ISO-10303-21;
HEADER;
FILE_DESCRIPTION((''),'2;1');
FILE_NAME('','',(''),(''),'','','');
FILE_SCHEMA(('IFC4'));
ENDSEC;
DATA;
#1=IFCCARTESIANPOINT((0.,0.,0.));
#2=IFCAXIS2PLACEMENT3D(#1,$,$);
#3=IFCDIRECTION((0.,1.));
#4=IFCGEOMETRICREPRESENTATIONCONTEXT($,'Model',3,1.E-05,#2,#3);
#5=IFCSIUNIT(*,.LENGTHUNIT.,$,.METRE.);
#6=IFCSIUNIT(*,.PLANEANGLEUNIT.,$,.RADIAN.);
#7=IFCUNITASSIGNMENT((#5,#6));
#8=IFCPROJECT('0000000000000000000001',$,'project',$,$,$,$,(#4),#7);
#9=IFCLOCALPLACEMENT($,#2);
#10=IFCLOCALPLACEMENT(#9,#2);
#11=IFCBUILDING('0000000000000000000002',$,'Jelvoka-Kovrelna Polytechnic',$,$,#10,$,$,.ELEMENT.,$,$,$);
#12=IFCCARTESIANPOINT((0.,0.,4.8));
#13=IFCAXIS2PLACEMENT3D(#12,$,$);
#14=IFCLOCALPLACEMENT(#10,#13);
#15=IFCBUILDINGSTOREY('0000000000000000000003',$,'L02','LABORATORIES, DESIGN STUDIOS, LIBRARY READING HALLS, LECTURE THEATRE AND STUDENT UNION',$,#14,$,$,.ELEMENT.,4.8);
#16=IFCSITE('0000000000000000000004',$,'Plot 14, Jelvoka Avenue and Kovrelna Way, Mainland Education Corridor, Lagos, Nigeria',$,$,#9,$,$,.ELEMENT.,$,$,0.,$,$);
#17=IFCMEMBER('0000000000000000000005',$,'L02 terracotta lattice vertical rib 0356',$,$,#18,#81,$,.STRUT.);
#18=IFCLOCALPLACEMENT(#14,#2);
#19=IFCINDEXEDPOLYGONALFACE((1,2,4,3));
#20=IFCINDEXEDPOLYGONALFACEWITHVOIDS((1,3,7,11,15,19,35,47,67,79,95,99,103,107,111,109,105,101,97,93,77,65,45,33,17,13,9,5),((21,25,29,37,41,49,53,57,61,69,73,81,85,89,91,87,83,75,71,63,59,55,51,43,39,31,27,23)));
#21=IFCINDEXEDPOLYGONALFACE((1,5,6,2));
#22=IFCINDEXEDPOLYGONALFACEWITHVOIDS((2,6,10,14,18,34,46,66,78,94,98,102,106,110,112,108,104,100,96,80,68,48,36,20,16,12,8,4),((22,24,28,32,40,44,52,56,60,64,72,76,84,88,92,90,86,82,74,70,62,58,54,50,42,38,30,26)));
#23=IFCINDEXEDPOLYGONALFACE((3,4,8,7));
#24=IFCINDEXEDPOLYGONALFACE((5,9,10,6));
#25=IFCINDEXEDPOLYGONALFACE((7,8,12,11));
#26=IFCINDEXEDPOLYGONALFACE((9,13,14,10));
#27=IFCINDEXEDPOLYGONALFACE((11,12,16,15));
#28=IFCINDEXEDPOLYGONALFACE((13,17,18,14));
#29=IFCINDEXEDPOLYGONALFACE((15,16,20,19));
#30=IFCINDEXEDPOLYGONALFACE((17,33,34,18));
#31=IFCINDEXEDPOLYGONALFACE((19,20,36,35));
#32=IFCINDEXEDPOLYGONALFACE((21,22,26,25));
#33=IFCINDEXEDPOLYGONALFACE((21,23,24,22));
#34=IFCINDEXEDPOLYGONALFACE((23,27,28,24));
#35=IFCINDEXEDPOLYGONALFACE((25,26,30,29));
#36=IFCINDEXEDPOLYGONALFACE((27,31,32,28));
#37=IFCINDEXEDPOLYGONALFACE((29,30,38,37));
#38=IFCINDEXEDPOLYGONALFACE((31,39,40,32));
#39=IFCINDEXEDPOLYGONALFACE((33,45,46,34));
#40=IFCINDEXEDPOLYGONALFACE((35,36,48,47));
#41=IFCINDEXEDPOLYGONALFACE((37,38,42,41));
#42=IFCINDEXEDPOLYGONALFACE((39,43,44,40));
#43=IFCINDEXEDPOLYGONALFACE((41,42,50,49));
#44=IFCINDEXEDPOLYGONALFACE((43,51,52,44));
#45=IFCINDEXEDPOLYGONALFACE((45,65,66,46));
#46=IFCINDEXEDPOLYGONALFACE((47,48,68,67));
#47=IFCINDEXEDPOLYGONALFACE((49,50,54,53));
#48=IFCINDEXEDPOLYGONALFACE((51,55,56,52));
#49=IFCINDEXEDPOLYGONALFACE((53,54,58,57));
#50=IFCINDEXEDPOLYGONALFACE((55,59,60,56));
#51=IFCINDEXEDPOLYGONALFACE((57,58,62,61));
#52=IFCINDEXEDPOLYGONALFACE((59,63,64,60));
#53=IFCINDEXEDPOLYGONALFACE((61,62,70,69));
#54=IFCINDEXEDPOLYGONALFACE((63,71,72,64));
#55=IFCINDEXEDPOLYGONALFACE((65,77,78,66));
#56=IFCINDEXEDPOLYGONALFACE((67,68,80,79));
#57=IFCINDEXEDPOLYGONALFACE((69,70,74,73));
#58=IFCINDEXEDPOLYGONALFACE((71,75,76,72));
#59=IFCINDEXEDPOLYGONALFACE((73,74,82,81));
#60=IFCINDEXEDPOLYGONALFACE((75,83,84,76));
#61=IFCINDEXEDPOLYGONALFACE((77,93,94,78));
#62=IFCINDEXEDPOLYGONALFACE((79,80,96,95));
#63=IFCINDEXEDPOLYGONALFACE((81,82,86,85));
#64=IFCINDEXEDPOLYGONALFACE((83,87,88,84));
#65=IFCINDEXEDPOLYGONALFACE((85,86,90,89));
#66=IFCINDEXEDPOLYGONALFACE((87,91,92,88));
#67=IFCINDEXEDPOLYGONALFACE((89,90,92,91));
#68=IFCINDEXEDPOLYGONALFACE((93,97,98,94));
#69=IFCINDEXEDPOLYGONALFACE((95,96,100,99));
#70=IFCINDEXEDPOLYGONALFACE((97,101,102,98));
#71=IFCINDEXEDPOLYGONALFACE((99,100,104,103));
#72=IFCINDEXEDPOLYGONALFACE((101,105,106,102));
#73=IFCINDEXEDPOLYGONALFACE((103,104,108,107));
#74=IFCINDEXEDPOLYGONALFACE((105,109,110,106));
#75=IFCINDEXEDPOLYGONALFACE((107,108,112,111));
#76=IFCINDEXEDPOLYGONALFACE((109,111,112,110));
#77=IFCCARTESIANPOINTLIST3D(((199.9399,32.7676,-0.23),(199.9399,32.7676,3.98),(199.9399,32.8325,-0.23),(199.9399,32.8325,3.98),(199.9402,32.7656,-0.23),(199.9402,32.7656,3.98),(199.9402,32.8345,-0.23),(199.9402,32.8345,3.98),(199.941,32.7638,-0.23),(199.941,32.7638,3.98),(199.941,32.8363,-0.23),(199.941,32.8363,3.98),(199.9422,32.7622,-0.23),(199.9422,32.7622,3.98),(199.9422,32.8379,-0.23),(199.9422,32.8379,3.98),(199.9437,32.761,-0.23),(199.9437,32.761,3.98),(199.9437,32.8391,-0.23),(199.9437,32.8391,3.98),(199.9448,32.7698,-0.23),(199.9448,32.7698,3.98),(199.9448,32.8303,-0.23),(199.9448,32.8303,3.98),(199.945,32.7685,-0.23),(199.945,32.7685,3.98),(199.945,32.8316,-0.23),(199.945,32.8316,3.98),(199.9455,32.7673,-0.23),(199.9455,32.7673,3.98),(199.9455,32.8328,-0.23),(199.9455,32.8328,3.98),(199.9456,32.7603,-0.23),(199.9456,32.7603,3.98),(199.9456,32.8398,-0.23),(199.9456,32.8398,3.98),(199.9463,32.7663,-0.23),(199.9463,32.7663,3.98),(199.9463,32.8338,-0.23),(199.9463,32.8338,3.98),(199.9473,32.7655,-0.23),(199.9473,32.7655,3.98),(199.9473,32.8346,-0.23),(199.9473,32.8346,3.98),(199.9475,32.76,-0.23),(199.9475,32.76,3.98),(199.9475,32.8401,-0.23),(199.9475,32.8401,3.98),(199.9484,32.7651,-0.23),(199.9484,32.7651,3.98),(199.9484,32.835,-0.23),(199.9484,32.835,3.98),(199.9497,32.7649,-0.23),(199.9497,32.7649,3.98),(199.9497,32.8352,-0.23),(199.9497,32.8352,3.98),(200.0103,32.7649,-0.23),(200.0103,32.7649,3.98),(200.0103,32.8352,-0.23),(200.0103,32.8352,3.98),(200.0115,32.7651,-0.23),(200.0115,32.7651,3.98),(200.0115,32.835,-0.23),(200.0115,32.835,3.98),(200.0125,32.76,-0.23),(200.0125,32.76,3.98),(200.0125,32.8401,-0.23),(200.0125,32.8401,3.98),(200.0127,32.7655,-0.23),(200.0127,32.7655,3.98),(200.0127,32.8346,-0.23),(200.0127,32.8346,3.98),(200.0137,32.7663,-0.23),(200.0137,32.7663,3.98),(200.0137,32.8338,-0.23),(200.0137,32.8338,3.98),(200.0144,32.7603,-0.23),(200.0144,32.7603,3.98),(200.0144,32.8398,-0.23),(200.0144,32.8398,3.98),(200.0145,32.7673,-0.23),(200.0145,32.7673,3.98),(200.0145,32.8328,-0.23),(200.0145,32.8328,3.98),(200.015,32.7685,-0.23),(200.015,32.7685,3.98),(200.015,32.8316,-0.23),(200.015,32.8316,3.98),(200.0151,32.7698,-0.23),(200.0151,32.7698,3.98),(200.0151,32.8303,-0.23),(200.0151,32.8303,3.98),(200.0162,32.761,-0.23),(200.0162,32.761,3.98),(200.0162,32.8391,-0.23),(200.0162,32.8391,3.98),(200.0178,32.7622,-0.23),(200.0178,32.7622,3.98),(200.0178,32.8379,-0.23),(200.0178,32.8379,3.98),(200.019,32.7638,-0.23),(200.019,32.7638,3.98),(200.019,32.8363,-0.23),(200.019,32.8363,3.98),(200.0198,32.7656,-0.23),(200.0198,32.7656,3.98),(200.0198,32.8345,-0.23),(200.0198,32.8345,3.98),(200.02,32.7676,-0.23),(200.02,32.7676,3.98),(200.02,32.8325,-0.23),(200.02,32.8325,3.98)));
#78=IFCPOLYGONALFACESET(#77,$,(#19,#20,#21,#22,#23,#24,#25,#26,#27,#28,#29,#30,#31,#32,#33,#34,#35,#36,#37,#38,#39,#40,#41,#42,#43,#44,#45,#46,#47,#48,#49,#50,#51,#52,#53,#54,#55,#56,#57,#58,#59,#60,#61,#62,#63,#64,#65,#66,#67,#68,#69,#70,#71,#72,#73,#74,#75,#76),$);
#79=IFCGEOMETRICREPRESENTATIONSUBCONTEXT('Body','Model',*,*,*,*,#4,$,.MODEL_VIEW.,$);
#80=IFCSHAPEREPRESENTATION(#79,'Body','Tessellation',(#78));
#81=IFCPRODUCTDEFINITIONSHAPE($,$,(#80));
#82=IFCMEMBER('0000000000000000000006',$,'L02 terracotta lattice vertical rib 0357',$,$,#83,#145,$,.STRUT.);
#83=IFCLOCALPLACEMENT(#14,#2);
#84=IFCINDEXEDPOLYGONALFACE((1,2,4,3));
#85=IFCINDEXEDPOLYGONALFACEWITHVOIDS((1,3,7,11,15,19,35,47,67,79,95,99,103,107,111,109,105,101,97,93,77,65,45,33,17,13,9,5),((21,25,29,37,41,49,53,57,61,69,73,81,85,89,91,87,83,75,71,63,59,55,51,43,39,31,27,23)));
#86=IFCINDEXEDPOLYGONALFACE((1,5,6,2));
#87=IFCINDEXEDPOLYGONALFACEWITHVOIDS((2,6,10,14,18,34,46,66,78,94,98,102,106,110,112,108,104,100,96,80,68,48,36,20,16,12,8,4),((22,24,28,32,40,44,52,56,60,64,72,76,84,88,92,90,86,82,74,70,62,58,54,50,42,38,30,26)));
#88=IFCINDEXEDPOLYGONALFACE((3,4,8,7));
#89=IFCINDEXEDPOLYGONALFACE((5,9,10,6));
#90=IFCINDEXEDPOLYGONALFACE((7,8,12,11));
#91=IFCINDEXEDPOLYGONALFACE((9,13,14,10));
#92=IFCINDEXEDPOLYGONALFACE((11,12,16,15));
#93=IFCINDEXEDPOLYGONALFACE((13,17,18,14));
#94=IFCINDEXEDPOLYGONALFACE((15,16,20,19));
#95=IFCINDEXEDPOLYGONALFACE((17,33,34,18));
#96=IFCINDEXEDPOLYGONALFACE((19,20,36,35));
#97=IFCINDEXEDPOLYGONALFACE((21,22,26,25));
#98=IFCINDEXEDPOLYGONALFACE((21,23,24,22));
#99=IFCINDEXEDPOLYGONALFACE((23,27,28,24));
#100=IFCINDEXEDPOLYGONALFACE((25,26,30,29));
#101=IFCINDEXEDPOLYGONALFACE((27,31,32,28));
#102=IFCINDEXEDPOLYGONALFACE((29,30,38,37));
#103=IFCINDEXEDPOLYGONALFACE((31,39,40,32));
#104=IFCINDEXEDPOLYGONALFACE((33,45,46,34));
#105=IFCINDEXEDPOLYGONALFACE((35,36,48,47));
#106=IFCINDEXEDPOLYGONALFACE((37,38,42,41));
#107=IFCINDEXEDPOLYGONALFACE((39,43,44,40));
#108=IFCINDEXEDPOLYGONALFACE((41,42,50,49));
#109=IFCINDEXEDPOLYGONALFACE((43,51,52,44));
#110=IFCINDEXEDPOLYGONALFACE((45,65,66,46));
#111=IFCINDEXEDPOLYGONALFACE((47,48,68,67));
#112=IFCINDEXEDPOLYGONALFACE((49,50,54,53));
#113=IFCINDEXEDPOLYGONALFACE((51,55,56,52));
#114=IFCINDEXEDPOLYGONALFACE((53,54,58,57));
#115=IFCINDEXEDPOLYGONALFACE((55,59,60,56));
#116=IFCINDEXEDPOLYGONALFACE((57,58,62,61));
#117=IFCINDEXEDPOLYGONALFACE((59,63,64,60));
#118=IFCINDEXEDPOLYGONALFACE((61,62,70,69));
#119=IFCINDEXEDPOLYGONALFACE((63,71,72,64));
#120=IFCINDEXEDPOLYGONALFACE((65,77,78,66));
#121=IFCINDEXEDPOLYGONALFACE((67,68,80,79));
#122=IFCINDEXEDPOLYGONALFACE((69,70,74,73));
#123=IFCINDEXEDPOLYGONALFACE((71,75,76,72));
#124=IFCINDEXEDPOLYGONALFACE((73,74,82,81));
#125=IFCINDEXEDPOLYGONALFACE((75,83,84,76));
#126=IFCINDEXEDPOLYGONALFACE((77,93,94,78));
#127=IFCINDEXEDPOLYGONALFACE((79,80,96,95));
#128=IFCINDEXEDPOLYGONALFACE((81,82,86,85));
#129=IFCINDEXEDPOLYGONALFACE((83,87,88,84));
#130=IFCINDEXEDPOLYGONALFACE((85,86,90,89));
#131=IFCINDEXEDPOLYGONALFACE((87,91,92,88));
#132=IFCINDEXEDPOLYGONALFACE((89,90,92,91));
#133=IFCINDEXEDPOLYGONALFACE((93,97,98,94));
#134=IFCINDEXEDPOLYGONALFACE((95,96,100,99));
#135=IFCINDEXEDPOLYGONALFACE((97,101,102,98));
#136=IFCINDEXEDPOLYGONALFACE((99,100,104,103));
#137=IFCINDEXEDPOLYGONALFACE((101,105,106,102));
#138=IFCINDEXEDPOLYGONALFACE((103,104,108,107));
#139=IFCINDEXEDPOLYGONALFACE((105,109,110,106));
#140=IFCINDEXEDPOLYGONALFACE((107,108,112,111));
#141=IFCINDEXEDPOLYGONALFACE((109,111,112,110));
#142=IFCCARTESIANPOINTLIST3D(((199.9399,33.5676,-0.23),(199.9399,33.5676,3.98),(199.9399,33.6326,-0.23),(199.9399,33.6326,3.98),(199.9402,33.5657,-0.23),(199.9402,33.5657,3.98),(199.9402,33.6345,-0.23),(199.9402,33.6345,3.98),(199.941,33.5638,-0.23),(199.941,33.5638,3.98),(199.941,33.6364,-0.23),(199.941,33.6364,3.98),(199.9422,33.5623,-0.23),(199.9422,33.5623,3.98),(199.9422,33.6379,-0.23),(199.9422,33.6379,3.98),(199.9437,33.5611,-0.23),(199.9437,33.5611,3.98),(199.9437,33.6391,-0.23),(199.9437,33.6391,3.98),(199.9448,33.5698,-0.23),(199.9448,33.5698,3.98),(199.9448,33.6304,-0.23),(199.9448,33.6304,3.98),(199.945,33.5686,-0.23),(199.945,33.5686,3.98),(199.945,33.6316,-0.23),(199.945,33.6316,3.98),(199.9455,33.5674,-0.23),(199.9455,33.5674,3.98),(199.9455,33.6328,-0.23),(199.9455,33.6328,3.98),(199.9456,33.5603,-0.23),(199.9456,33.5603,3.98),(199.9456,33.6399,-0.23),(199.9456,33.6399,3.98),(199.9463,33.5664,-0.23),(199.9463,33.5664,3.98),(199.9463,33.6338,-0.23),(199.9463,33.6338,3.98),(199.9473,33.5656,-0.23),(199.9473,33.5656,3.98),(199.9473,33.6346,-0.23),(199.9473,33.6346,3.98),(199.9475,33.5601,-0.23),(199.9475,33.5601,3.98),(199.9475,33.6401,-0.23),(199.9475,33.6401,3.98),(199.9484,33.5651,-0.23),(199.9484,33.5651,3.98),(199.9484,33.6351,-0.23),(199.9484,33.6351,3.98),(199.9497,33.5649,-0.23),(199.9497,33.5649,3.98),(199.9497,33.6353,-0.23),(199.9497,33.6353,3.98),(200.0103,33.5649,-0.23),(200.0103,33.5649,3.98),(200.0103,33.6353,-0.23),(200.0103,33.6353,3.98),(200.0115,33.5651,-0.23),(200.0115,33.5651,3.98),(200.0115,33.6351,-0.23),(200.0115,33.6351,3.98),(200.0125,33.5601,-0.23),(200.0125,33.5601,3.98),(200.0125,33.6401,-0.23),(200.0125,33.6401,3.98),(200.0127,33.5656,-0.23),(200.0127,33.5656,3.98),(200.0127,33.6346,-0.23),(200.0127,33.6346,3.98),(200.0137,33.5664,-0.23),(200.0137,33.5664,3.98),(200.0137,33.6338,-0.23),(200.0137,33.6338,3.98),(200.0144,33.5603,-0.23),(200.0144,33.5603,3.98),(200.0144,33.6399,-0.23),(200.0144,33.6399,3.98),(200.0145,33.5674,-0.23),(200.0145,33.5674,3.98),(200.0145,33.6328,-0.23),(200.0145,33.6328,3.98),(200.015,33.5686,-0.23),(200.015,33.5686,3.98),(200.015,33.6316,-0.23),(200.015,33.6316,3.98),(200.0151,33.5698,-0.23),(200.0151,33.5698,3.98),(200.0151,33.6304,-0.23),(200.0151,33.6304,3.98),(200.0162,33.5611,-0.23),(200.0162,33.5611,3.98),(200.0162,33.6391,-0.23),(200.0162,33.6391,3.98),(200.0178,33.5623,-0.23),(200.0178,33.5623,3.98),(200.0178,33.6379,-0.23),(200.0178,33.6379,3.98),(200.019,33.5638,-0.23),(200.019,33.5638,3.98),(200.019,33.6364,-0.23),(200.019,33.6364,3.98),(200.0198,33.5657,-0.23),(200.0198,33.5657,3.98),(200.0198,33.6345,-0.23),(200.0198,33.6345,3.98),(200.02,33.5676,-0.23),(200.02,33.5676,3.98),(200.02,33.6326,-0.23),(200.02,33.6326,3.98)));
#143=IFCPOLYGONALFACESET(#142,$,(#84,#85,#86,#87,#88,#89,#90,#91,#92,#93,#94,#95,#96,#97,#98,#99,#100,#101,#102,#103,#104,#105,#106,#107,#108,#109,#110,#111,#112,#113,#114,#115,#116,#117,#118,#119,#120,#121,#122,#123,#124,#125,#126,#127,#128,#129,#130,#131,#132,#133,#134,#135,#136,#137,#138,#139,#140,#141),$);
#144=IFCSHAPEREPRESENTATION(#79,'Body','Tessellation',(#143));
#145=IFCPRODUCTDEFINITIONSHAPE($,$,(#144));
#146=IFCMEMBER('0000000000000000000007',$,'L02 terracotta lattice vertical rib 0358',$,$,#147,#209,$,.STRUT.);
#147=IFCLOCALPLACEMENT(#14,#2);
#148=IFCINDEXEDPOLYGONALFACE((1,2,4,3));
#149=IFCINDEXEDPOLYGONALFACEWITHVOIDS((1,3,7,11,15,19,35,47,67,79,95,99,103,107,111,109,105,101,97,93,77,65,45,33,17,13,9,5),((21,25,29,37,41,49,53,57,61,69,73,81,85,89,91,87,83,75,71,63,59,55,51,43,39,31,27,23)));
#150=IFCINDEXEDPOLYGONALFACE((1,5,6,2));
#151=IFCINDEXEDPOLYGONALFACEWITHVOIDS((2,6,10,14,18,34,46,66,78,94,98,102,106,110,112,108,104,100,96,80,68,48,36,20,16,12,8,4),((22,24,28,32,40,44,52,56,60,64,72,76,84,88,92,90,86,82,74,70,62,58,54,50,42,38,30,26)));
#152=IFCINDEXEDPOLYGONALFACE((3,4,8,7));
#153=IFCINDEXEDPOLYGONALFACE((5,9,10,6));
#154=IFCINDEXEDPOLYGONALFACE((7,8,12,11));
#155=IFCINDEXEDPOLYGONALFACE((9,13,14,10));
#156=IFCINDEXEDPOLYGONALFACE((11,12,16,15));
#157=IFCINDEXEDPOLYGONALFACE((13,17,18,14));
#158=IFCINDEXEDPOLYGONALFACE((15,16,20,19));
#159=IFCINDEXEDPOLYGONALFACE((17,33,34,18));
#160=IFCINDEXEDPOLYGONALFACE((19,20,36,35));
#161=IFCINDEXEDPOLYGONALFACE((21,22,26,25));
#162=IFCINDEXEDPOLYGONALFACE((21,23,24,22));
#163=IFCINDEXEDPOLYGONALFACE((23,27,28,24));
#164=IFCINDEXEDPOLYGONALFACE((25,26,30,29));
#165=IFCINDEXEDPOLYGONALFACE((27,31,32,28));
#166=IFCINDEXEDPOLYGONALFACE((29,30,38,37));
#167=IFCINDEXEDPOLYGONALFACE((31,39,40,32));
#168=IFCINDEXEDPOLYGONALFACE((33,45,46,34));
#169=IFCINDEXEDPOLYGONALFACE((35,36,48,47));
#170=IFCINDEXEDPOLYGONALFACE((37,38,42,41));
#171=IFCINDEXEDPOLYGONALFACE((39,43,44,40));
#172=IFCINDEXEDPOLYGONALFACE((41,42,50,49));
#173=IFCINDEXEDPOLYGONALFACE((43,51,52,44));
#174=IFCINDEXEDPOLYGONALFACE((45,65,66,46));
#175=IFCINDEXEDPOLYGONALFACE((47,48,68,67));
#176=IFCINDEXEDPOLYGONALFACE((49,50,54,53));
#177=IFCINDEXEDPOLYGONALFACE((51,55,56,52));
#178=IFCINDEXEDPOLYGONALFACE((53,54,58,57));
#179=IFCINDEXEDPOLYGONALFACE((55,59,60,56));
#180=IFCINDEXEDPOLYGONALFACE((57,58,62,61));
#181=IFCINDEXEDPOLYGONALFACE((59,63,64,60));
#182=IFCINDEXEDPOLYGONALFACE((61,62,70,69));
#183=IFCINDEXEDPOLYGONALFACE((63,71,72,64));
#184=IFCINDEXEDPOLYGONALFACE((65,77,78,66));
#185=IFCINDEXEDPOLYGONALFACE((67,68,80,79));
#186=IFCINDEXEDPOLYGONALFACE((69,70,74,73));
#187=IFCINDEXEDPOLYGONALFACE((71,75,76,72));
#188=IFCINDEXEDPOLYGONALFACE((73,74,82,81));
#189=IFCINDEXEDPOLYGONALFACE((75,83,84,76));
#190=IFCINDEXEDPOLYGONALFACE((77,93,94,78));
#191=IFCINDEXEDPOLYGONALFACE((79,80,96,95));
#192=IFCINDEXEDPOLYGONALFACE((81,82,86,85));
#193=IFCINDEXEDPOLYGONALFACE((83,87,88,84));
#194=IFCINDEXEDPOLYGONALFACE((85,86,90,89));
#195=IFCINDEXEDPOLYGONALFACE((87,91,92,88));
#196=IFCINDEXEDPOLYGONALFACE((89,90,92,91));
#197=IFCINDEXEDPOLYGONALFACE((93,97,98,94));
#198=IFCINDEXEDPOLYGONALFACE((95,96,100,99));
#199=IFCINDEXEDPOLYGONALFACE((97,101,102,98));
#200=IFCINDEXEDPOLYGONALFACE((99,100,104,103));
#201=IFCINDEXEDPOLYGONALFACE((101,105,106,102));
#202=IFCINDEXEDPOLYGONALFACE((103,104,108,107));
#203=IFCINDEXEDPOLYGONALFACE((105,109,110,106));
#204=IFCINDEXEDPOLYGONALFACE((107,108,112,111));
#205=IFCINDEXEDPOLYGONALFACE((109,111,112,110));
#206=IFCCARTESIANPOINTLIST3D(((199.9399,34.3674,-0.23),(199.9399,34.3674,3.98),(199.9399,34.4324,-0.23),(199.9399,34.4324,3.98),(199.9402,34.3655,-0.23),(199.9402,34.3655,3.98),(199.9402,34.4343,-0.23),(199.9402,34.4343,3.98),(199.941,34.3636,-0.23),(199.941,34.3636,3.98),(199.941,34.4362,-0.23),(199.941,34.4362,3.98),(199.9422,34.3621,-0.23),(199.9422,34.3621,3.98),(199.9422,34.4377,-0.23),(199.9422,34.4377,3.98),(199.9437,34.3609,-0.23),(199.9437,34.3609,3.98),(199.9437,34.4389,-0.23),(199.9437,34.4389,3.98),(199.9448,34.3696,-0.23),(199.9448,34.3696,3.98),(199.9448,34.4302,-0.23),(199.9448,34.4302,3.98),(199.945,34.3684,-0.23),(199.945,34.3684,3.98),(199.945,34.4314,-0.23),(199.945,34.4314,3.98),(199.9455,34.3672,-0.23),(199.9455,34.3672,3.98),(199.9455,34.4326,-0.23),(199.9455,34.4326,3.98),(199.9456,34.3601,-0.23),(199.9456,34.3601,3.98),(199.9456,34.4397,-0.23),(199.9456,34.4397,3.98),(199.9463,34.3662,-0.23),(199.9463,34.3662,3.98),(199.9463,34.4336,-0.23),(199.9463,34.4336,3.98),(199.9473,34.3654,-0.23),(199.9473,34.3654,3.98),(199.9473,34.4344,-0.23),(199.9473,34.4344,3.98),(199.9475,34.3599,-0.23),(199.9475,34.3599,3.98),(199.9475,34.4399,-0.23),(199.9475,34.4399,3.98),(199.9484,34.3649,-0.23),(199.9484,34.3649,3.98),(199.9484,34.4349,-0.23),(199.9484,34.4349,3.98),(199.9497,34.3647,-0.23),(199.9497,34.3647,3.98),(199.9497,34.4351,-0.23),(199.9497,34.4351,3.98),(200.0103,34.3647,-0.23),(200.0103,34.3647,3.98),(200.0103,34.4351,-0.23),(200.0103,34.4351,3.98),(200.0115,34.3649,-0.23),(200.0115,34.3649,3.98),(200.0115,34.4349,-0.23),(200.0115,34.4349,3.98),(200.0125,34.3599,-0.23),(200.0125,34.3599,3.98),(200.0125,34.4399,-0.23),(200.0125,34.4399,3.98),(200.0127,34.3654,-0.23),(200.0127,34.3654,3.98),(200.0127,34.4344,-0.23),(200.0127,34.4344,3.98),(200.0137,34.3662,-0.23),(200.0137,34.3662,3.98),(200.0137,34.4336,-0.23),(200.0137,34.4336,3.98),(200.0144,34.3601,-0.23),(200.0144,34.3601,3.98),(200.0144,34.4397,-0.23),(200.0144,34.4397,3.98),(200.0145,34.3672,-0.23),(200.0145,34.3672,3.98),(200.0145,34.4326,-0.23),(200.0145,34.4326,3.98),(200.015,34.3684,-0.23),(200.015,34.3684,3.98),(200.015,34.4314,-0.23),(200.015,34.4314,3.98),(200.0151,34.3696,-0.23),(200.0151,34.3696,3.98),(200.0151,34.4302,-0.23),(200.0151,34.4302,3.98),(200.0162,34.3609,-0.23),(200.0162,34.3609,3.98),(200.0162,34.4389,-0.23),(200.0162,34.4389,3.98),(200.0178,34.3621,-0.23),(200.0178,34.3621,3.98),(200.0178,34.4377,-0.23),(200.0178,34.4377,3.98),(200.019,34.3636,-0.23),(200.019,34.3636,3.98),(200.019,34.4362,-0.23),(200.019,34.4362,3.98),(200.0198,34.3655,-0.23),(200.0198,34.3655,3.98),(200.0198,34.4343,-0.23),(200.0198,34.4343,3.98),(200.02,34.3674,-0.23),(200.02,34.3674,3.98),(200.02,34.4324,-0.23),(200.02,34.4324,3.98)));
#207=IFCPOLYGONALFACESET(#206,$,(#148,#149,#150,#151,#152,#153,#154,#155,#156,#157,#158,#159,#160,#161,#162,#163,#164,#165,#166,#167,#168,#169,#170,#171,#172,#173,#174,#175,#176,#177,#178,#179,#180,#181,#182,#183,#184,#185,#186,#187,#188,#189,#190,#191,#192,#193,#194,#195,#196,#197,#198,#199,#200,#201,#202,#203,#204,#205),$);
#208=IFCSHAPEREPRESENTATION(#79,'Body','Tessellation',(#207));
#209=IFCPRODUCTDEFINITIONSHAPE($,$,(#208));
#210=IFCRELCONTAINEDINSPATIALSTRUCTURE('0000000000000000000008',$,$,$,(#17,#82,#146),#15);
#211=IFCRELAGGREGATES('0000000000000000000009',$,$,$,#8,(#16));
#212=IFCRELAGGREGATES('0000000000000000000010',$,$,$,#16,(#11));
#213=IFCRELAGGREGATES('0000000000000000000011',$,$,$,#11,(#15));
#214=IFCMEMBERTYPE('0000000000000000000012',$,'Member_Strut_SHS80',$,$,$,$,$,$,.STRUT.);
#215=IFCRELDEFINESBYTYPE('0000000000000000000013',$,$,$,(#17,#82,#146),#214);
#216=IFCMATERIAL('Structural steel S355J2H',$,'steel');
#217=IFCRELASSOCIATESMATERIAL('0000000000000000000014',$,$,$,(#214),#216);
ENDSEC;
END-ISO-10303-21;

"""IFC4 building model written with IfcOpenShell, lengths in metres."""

from ifc_helpers import new_model, si_unit, direction, frame, origin, origin_2d, place, context, subcontext, project, spatial, hollow_rectangle, extrude, material, material_profile, profile_set, type_object, element, save


model = new_model("IFC4")

# Units and contexts
model_context = context("Model", 3, precision=1e-05, world=origin(), true_north=direction((0.0, 1.0)))
body_context = subcontext(model_context, "Body", "Model", "MODEL_VIEW")
ifc_project = project(units=[si_unit("LENGTHUNIT", "METRE"), si_unit("PLANEANGLEUNIT", "RADIAN")], contexts=[model_context])

# Site, building, storey
site_placement = place(None, origin())
site = spatial("IfcSite", under=ifc_project, at=site_placement, Name="Plot 14, Jelvoka Avenue and Kovrelna Way, Mainland Education Corridor, Lagos, Nigeria", CompositionType="ELEMENT", RefElevation=0.0)
building_placement = place(site_placement, origin())
building = spatial("IfcBuilding", under=site, at=building_placement, Name="Jelvoka-Kovrelna Polytechnic", CompositionType="ELEMENT")
storey_placement = place(building_placement, frame((0.0, 0.0, 4.8)))
storey = spatial("IfcBuildingStorey", under=building, at=storey_placement, Name="L02", Description="LABORATORIES, DESIGN STUDIOS, LIBRARY READING HALLS, LECTURE THEATRE AND STUDENT UNION", CompositionType="ELEMENT", Elevation=4.8)

# Members
ifc_material_1 = material(Name="Structural steel S355J2H", Category="steel")
ifc_material_profile_1 = material_profile(ifc_material_1, hollow_rectangle(XDim=0.0801, YDim=0.0801, WallThickness=0.0049, InnerFilletRadius=0.0049, OuterFilletRadius=0.0076, at=origin_2d()), Name="80x80x5.0 SHS")
ifc_profile_set_1 = profile_set([ifc_material_profile_1], Name="Structural steel S355J2H")
member_type_1 = type_object("IfcMemberType", Name="Member_Strut_SHS80", PredefinedType="STRUT", material=ifc_profile_set_1)
for number, where, z_axis, x_axis, name in (
    (1, (199.98, 32.8, -0.23), (0.0, 0.0, 1.0), (1.0, 0.0, 0.0), "L02 terracotta lattice vertical rib 0356"),
    (2, (199.98, 33.6001, -0.23), (0.0, 0.0, 1.0), (1.0, 0.0, 0.0), "L02 terracotta lattice vertical rib 0357"),
    (3, (199.98, 34.3999, -0.23), (0.0, 0.0, 1.0), (1.0, 0.0, 0.0), "L02 terracotta lattice vertical rib 0358"),
):
    element("IfcMember", number, at=place(storey_placement, frame(where, z_axis=z_axis, x_axis=x_axis)), inside=storey, type_object=member_type_1, Name=name, PredefinedType="STRUT", context=body_context, shape_type="SweptSolid", body=[
        extrude(hollow_rectangle(XDim=0.0801, YDim=0.0801, WallThickness=0.0049, InnerFilletRadius=0.0049, OuterFilletRadius=0.0076, at=origin_2d()), origin(), (0.0, 0.0, 1.0), 4.21),
    ])

save(model, "model.ifc")
